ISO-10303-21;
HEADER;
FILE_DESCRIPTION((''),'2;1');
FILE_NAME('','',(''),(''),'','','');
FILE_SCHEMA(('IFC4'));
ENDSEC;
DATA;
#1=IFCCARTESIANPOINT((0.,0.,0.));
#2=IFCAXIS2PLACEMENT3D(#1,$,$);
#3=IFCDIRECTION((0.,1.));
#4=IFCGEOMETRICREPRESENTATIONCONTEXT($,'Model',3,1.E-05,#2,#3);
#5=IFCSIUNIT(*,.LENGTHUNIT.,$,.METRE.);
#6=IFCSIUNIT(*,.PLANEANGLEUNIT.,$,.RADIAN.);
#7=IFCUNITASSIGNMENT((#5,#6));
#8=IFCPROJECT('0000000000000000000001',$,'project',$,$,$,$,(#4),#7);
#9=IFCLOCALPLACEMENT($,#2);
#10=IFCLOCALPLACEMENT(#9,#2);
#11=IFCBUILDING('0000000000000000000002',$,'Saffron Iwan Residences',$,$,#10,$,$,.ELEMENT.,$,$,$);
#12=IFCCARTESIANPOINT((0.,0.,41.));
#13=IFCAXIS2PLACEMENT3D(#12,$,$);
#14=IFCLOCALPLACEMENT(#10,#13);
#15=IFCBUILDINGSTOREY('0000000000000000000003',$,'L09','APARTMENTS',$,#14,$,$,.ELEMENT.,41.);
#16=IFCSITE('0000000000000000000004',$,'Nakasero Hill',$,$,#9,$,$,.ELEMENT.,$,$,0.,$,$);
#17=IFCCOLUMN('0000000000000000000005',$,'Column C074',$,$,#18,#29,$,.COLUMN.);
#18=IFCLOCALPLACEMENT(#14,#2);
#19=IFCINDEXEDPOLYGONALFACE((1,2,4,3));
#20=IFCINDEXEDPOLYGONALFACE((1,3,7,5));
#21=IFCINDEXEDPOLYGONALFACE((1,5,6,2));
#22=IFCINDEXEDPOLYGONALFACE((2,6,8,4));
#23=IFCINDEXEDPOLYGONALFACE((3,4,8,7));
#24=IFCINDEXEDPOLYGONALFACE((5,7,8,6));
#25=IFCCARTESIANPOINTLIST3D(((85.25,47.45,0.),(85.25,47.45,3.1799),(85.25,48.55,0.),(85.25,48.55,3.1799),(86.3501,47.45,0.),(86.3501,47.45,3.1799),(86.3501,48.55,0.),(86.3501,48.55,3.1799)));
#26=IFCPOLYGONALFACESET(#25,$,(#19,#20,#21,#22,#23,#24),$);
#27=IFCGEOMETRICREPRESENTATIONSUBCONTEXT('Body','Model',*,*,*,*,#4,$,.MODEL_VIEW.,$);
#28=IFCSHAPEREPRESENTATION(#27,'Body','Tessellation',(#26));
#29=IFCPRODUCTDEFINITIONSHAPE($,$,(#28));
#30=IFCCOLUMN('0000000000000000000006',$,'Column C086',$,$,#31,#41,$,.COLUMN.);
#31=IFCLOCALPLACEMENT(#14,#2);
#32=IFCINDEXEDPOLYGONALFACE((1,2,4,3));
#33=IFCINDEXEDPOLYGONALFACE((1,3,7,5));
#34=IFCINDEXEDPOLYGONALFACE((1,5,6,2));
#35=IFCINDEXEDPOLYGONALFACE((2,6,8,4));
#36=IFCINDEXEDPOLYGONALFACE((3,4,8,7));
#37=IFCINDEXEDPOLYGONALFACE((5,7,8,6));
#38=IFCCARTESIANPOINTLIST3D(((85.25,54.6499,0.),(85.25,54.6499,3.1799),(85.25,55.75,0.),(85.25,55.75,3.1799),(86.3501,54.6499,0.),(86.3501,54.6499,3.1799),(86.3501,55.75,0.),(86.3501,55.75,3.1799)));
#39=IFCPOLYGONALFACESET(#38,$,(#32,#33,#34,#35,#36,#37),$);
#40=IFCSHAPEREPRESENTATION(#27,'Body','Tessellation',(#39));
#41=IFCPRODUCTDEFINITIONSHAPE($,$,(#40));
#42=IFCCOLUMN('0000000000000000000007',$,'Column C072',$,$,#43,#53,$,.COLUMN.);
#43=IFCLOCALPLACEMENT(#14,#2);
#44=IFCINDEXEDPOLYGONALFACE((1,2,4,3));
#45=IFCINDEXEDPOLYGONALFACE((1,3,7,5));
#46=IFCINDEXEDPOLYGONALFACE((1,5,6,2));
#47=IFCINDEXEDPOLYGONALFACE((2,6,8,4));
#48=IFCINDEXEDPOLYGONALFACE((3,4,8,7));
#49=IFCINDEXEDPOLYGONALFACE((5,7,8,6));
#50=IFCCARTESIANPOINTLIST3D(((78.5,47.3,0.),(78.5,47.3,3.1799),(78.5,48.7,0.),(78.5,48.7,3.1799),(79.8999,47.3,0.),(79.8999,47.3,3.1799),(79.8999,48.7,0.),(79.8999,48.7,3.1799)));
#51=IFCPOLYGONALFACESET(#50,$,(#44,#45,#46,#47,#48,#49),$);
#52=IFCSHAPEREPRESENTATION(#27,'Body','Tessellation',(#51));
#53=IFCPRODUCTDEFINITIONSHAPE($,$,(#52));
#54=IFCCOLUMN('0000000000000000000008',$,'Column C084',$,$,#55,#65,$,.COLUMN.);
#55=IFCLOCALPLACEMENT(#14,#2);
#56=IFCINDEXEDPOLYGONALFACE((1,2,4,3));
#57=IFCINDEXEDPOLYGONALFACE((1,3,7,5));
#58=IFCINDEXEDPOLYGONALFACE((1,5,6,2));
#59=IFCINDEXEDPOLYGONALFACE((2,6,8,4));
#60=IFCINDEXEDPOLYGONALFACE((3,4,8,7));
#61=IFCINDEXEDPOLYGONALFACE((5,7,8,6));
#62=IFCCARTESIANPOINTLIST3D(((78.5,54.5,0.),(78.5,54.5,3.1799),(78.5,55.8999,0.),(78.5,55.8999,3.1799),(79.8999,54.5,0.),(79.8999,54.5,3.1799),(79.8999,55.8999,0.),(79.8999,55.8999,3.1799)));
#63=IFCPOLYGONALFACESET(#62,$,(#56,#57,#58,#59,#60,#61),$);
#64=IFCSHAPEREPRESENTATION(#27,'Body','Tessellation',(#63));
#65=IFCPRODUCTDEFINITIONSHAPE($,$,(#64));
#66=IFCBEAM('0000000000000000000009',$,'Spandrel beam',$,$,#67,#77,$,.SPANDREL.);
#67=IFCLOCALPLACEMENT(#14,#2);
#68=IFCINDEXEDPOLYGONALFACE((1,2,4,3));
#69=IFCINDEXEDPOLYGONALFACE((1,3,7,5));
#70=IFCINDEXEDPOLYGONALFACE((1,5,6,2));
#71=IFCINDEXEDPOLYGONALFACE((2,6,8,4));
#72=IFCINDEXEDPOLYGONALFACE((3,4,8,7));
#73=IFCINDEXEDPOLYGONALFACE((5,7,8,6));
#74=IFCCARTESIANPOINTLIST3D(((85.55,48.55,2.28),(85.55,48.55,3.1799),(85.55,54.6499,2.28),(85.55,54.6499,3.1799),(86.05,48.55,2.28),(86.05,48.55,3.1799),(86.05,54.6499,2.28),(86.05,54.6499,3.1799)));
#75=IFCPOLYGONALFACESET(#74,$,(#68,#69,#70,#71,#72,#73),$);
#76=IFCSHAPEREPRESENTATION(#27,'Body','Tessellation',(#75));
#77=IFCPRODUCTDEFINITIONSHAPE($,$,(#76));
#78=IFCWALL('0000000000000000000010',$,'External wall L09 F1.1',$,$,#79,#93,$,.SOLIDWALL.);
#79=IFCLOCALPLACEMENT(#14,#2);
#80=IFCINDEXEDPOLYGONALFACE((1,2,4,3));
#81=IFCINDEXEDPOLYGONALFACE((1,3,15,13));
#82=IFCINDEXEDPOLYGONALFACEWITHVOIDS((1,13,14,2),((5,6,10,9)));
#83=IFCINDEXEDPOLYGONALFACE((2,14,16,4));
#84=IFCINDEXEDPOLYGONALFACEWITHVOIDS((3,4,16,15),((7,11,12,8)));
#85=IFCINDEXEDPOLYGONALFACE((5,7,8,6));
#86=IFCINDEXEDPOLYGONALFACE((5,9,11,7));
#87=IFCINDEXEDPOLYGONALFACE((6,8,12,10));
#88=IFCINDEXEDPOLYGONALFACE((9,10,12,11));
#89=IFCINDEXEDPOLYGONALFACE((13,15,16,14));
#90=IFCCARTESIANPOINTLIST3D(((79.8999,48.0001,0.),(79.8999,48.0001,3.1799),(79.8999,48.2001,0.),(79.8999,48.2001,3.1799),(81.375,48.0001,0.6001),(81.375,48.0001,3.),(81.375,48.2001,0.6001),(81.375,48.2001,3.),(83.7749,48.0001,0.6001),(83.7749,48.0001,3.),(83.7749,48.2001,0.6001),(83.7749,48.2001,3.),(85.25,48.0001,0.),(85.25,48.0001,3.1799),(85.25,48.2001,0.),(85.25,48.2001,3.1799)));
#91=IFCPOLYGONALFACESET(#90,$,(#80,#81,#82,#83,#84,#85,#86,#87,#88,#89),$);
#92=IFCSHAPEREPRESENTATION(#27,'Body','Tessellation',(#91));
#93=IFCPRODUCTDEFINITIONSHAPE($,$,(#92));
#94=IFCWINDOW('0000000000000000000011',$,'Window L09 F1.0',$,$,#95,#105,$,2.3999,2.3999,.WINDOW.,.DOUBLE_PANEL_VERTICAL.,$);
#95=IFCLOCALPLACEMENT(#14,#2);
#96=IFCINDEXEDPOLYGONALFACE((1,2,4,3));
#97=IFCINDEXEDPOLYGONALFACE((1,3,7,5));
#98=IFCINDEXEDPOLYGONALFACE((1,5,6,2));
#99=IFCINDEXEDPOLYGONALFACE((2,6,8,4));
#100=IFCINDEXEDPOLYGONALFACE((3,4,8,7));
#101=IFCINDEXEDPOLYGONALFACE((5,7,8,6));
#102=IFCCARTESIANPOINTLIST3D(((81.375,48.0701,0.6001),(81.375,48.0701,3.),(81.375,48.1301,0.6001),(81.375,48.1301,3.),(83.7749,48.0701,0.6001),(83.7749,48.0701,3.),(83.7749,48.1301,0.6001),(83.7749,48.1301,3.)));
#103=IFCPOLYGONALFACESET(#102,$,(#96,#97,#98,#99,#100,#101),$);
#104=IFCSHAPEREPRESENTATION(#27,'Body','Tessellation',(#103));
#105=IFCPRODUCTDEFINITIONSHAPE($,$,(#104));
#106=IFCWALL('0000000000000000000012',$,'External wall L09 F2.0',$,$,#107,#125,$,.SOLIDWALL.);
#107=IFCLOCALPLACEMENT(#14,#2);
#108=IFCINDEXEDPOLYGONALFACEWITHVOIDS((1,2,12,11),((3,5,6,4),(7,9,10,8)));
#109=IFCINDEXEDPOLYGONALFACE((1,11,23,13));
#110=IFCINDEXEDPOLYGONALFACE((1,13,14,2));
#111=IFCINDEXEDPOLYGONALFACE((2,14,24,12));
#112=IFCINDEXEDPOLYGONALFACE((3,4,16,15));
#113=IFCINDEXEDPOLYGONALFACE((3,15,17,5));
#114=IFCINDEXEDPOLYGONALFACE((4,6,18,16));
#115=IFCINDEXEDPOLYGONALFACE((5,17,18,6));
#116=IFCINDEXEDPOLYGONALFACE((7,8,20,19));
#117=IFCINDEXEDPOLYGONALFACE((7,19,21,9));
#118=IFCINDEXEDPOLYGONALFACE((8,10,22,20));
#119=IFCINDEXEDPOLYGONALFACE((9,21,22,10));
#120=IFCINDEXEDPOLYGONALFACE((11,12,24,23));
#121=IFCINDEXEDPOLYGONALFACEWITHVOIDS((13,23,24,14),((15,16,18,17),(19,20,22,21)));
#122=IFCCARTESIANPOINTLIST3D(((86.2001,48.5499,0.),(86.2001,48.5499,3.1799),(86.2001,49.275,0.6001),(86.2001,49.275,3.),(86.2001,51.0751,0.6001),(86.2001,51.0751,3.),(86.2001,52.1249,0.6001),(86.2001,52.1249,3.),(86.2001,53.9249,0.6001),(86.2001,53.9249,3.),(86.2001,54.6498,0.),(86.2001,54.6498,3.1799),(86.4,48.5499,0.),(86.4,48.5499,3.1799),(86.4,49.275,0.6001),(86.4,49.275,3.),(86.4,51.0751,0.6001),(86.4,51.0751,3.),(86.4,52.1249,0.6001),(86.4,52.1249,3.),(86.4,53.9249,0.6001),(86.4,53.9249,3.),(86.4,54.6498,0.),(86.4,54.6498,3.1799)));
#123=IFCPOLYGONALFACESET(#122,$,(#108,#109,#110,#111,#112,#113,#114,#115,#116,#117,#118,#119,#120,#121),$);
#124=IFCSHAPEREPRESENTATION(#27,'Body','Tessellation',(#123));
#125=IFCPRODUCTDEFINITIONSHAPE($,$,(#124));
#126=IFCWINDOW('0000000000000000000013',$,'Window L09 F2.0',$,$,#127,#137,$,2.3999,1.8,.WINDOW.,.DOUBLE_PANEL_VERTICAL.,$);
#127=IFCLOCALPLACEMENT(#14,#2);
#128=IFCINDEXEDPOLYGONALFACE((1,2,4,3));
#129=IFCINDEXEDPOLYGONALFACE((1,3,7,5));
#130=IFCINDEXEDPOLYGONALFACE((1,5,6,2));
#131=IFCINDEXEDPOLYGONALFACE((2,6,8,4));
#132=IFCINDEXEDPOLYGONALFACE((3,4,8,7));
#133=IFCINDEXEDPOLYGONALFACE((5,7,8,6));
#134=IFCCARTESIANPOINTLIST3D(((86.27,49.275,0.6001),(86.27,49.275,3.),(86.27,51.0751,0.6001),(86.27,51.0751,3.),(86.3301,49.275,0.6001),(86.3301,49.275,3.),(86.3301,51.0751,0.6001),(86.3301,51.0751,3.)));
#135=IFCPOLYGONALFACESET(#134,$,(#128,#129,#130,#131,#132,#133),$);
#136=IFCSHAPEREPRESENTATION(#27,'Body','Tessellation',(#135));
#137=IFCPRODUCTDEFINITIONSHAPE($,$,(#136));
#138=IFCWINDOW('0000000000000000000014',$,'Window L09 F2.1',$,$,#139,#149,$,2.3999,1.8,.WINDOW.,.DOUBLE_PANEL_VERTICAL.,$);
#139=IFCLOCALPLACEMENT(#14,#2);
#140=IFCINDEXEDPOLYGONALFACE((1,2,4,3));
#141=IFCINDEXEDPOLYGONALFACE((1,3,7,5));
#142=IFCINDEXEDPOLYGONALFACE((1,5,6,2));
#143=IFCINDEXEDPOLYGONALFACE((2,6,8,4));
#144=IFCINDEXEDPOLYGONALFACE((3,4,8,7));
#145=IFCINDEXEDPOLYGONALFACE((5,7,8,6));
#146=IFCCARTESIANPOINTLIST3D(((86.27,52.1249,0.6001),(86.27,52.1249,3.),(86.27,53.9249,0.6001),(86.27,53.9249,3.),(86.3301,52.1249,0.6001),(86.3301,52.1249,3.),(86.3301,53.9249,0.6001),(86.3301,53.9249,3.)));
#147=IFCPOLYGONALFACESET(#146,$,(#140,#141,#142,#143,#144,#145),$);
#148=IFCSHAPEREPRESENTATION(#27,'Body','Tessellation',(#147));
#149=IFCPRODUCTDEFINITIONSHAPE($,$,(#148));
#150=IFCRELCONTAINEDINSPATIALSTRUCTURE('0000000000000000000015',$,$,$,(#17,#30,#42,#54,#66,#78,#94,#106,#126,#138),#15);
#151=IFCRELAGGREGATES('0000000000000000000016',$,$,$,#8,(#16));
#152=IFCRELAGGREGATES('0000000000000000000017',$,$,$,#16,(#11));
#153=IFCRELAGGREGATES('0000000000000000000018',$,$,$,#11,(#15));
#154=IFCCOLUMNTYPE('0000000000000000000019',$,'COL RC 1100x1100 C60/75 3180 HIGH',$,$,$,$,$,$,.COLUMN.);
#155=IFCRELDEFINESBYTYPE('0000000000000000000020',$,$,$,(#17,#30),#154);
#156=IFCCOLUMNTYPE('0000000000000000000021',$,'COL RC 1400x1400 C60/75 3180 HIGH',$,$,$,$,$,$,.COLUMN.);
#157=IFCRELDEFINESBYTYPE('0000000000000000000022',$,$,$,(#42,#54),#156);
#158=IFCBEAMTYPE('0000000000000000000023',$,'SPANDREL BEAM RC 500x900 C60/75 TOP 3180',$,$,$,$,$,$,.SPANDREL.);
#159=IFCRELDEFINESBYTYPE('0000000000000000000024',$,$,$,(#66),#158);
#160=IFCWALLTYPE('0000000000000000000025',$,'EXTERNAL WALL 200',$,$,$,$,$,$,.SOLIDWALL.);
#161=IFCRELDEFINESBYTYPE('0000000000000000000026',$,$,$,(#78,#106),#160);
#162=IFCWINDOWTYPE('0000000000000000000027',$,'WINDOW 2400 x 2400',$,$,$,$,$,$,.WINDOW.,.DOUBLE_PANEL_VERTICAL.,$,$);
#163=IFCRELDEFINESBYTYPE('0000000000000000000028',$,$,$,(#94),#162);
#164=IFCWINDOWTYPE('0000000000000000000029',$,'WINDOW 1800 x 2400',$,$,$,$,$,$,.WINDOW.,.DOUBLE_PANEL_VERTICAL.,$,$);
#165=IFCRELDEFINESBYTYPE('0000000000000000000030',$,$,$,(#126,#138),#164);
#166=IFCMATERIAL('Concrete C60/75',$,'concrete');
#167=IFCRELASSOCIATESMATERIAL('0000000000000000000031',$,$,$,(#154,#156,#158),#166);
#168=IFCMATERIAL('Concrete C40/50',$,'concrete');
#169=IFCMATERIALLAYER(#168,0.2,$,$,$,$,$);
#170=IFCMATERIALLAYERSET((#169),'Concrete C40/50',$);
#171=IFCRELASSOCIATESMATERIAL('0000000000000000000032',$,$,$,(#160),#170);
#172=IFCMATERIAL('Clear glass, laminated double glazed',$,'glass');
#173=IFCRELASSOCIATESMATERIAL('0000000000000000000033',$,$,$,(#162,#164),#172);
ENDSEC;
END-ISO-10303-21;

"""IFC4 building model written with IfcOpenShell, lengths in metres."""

from ifc_helpers import new_model, si_unit, direction, frame, frame_2d, origin, origin_2d, place, context, subcontext, project, spatial, rectangle, extrude, source, transform, mapped, material, layer, layer_set, material_profile, profile_set, type_object, element, fill, save


model = new_model("IFC4")

# Units and contexts
model_context = context("Model", 3, precision=1e-05, world=origin(), true_north=direction((0.0, 1.0)))
body_context = subcontext(model_context, "Body", "Model", "MODEL_VIEW")
ifc_project = project(units=[si_unit("LENGTHUNIT", "METRE"), si_unit("PLANEANGLEUNIT", "RADIAN")], contexts=[model_context])

# Site, building, storey
site_placement = place(None, origin())
site = spatial("IfcSite", under=ifc_project, at=site_placement, Name="Nakasero Hill", CompositionType="ELEMENT", RefElevation=0.0)
building_placement = place(site_placement, origin())
building = spatial("IfcBuilding", under=site, at=building_placement, Name="Saffron Iwan Residences", CompositionType="ELEMENT")
storey_placement = place(building_placement, frame((0.0, 0.0, 41.0)))
storey = spatial("IfcBuildingStorey", under=building, at=storey_placement, Name="L09", Description="APARTMENTS", CompositionType="ELEMENT", Elevation=41.0)

# Columns
ifc_material_1 = material(Name="Concrete C60/75", Category="concrete")
ifc_material_profile_1 = material_profile(ifc_material_1, rectangle(XDim=1.1001, YDim=1.1001, at=origin_2d()), Name="RC 1100x1100")
ifc_profile_set_1 = profile_set([ifc_material_profile_1], Name="Concrete C60/75")
column_type_1 = type_object("IfcColumnType", Name="COL RC 1100x1100 C60/75 3180 HIGH", PredefinedType="COLUMN", material=ifc_profile_set_1)
shared_shape_1 = source(origin(), body_context, "Body", "SweptSolid", [
    extrude(rectangle(XDim=1.1001, YDim=1.1001, at=origin_2d()), origin(), (0.0, 0.0, 1.0), 3.1799),
])
for number, where, z_axis, x_axis, name in (
    (1, (85.8, 48.0, 0.0), (0.0, 0.0, 1.0), (1.0, 0.0, 0.0), "Column C074"),
    (2, (85.8, 55.2, 0.0), (0.0, 0.0, 1.0), (1.0, 0.0, 0.0), "Column C086"),
):
    element("IfcColumn", number, at=place(storey_placement, frame(where, z_axis=z_axis, x_axis=x_axis)), inside=storey, type_object=column_type_1, Name=name, PredefinedType="COLUMN", context=body_context, shape_type="MappedRepresentation", body=[
        mapped(shared_shape_1, transform((0.0, 0.0, 0.0))),
    ])
ifc_material_profile_2 = material_profile(ifc_material_1, rectangle(XDim=1.3999, YDim=1.3999, at=origin_2d()), Name="RC 1400x1400")
ifc_profile_set_2 = profile_set([ifc_material_profile_2], Name="Concrete C60/75")
column_type_2 = type_object("IfcColumnType", Name="COL RC 1400x1400 C60/75 3180 HIGH", PredefinedType="COLUMN", material=ifc_profile_set_2)
shared_shape_2 = source(origin(), body_context, "Body", "SweptSolid", [
    extrude(rectangle(XDim=1.3999, YDim=1.3999, at=origin_2d()), origin(), (0.0, 0.0, 1.0), 3.1799),
])
for number, where, z_axis, x_axis, name in (
    (3, (79.2, 48.0, 0.0), (0.0, 0.0, 1.0), (1.0, 0.0, 0.0), "Column C072"),
    (4, (79.2, 55.2, 0.0), (0.0, 0.0, 1.0), (1.0, 0.0, 0.0), "Column C084"),
):
    element("IfcColumn", number, at=place(storey_placement, frame(where, z_axis=z_axis, x_axis=x_axis)), inside=storey, type_object=column_type_2, Name=name, PredefinedType="COLUMN", context=body_context, shape_type="MappedRepresentation", body=[
        mapped(shared_shape_2, transform((0.0, 0.0, 0.0))),
    ])

# Beam
ifc_material_profile_3 = material_profile(ifc_material_1, rectangle(XDim=0.5, YDim=0.8999, at=origin_2d()), Name="RC 500x900")
ifc_profile_set_3 = profile_set([ifc_material_profile_3], Name="Concrete C60/75")
beam_type = type_object("IfcBeamType", Name="SPANDREL BEAM RC 500x900 C60/75 TOP 3180", PredefinedType="SPANDREL", material=ifc_profile_set_3)
shared_shape_3 = source(origin(), body_context, "Body", "SweptSolid", [
    extrude(rectangle(XDim=0.5, YDim=0.8999, at=origin_2d()), origin(), (0.0, 0.0, 1.0), 6.0999),
])
beam_placement = place(storey_placement, frame((85.8, 54.6499, 2.73), z_axis=(0.0, -1.0, 0.0), x_axis=(1.0, 0.0, 0.0)))
element("IfcBeam", 5, at=beam_placement, inside=storey, type_object=beam_type, Name="Spandrel beam", PredefinedType="SPANDREL", context=body_context, shape_type="MappedRepresentation", body=[
    mapped(shared_shape_3, transform((0.0, 0.0, 0.0))),
])

# Wall, opening, window
ifc_material_2 = material(Name="Concrete C40/50", Category="concrete")
ifc_layer_1 = layer(ifc_material_2, 0.2)
ifc_layer_set_1 = layer_set([ifc_layer_1], Name="Concrete C40/50")
wall_type_1 = type_object("IfcWallType", Name="EXTERNAL WALL 200", PredefinedType="SOLIDWALL", material=ifc_layer_set_1)
wall_1_placement = place(storey_placement, frame((79.8999, 48.1001, 0.0), z_axis=(0.0, 0.0, 1.0), x_axis=(1.0, 0.0, 0.0)))
wall_1 = element("IfcWall", 6, at=wall_1_placement, inside=storey, type_object=wall_type_1, Name="External wall L09 F1.1", PredefinedType="SOLIDWALL", context=body_context, shape_type="SweptSolid", body=[
    extrude(rectangle(XDim=5.3501, YDim=0.2, at=frame_2d((2.675, 0.0))), origin(), (0.0, 0.0, 1.0), 3.1799),
])
opening_1_placement = place(wall_1_placement, frame((1.4751, 0.0, 0.6001)))
opening_1 = element("IfcOpeningElement", 7, at=opening_1_placement, cuts=wall_1, PredefinedType="OPENING", context=body_context, shape_type="SweptSolid", body=[
    extrude(rectangle(XDim=2.3999, YDim=2.3999, at=frame_2d((1.2, 1.2))), frame((0.0, 0.1099, 0.0), z_axis=(0.0, -1.0, 0.0), x_axis=(1.0, 0.0, 0.0)), (0.0, 0.0, 1.0), 0.22),
])
ifc_material_3 = material(Name="Clear glass, laminated double glazed", Category="glass")
window_type_1 = type_object("IfcWindowType", Name="WINDOW 2400 x 2400", PartitioningType="DOUBLE_PANEL_VERTICAL", PredefinedType="WINDOW", material=ifc_material_3)
window_1_placement = place(opening_1_placement, origin())
window_1 = element("IfcWindow", 8, at=window_1_placement, inside=storey, type_object=window_type_1, Name="Window L09 F1.0", OverallHeight=2.3999, OverallWidth=2.3999, PartitioningType="DOUBLE_PANEL_VERTICAL", PredefinedType="WINDOW", context=body_context, shape_type="SweptSolid", body=[
    extrude(rectangle(XDim=2.3999, YDim=2.3999, at=frame_2d((1.2, 1.2))), frame((0.0, 0.03, 0.0), z_axis=(0.0, -1.0, 0.0), x_axis=(1.0, 0.0, 0.0)), (0.0, 0.0, 1.0), 0.0601),
])
fill(opening_1, window_1)

# Wall, openings, windows
wall_2_placement = place(storey_placement, frame((86.3, 48.55, 0.0), z_axis=(0.0, 0.0, 1.0), x_axis=(0.0, 1.0, 0.0)))
wall_2 = element("IfcWall", 9, at=wall_2_placement, inside=storey, type_object=wall_type_1, Name="External wall L09 F2.0", PredefinedType="SOLIDWALL", context=body_context, shape_type="SweptSolid", body=[
    extrude(rectangle(XDim=6.0999, YDim=0.2, at=frame_2d((3.0498, 0.0))), origin(), (0.0, 0.0, 1.0), 3.1799),
])
opening_2_placement = place(wall_2_placement, frame((0.7251, 0.0, 0.6001)))
opening_2 = element("IfcOpeningElement", 10, at=opening_2_placement, cuts=wall_2, PredefinedType="OPENING", context=body_context, shape_type="SweptSolid", body=[
    extrude(rectangle(XDim=1.8, YDim=2.3999, at=frame_2d((0.8999, 1.2))), frame((0.0, 0.1099, 0.0), z_axis=(0.0, -1.0, 0.0), x_axis=(1.0, 0.0, 0.0)), (0.0, 0.0, 1.0), 0.22),
])
opening_3_placement = place(wall_2_placement, frame((3.575, 0.0, 0.6001)))
opening_3 = element("IfcOpeningElement", 11, at=opening_3_placement, cuts=wall_2, PredefinedType="OPENING", context=body_context, shape_type="SweptSolid", body=[
    extrude(rectangle(XDim=1.8, YDim=2.3999, at=frame_2d((0.8999, 1.2))), frame((0.0, 0.1099, 0.0), z_axis=(0.0, -1.0, 0.0), x_axis=(1.0, 0.0, 0.0)), (0.0, 0.0, 1.0), 0.22),
])
window_type_2 = type_object("IfcWindowType", Name="WINDOW 1800 x 2400", PartitioningType="DOUBLE_PANEL_VERTICAL", PredefinedType="WINDOW", material=ifc_material_3)
window_2_placement = place(opening_2_placement, origin())
window_2 = element("IfcWindow", 12, at=window_2_placement, inside=storey, type_object=window_type_2, Name="Window L09 F2.0", OverallHeight=2.3999, OverallWidth=1.8, PartitioningType="DOUBLE_PANEL_VERTICAL", PredefinedType="WINDOW", context=body_context, shape_type="SweptSolid", body=[
    extrude(rectangle(XDim=1.8, YDim=2.3999, at=frame_2d((0.8999, 1.2))), frame((0.0, 0.03, 0.0), z_axis=(0.0, -1.0, 0.0), x_axis=(1.0, 0.0, 0.0)), (0.0, 0.0, 1.0), 0.0601),
])
fill(opening_2, window_2)
window_3_placement = place(opening_3_placement, origin())
window_3 = element("IfcWindow", 13, at=window_3_placement, inside=storey, type_object=window_type_2, Name="Window L09 F2.1", OverallHeight=2.3999, OverallWidth=1.8, PartitioningType="DOUBLE_PANEL_VERTICAL", PredefinedType="WINDOW", context=body_context, shape_type="SweptSolid", body=[
    extrude(rectangle(XDim=1.8, YDim=2.3999, at=frame_2d((0.8999, 1.2))), frame((0.0, 0.03, 0.0), z_axis=(0.0, -1.0, 0.0), x_axis=(1.0, 0.0, 0.0)), (0.0, 0.0, 1.0), 0.0601),
])
fill(opening_3, window_3)

save(model, "model.ifc")
